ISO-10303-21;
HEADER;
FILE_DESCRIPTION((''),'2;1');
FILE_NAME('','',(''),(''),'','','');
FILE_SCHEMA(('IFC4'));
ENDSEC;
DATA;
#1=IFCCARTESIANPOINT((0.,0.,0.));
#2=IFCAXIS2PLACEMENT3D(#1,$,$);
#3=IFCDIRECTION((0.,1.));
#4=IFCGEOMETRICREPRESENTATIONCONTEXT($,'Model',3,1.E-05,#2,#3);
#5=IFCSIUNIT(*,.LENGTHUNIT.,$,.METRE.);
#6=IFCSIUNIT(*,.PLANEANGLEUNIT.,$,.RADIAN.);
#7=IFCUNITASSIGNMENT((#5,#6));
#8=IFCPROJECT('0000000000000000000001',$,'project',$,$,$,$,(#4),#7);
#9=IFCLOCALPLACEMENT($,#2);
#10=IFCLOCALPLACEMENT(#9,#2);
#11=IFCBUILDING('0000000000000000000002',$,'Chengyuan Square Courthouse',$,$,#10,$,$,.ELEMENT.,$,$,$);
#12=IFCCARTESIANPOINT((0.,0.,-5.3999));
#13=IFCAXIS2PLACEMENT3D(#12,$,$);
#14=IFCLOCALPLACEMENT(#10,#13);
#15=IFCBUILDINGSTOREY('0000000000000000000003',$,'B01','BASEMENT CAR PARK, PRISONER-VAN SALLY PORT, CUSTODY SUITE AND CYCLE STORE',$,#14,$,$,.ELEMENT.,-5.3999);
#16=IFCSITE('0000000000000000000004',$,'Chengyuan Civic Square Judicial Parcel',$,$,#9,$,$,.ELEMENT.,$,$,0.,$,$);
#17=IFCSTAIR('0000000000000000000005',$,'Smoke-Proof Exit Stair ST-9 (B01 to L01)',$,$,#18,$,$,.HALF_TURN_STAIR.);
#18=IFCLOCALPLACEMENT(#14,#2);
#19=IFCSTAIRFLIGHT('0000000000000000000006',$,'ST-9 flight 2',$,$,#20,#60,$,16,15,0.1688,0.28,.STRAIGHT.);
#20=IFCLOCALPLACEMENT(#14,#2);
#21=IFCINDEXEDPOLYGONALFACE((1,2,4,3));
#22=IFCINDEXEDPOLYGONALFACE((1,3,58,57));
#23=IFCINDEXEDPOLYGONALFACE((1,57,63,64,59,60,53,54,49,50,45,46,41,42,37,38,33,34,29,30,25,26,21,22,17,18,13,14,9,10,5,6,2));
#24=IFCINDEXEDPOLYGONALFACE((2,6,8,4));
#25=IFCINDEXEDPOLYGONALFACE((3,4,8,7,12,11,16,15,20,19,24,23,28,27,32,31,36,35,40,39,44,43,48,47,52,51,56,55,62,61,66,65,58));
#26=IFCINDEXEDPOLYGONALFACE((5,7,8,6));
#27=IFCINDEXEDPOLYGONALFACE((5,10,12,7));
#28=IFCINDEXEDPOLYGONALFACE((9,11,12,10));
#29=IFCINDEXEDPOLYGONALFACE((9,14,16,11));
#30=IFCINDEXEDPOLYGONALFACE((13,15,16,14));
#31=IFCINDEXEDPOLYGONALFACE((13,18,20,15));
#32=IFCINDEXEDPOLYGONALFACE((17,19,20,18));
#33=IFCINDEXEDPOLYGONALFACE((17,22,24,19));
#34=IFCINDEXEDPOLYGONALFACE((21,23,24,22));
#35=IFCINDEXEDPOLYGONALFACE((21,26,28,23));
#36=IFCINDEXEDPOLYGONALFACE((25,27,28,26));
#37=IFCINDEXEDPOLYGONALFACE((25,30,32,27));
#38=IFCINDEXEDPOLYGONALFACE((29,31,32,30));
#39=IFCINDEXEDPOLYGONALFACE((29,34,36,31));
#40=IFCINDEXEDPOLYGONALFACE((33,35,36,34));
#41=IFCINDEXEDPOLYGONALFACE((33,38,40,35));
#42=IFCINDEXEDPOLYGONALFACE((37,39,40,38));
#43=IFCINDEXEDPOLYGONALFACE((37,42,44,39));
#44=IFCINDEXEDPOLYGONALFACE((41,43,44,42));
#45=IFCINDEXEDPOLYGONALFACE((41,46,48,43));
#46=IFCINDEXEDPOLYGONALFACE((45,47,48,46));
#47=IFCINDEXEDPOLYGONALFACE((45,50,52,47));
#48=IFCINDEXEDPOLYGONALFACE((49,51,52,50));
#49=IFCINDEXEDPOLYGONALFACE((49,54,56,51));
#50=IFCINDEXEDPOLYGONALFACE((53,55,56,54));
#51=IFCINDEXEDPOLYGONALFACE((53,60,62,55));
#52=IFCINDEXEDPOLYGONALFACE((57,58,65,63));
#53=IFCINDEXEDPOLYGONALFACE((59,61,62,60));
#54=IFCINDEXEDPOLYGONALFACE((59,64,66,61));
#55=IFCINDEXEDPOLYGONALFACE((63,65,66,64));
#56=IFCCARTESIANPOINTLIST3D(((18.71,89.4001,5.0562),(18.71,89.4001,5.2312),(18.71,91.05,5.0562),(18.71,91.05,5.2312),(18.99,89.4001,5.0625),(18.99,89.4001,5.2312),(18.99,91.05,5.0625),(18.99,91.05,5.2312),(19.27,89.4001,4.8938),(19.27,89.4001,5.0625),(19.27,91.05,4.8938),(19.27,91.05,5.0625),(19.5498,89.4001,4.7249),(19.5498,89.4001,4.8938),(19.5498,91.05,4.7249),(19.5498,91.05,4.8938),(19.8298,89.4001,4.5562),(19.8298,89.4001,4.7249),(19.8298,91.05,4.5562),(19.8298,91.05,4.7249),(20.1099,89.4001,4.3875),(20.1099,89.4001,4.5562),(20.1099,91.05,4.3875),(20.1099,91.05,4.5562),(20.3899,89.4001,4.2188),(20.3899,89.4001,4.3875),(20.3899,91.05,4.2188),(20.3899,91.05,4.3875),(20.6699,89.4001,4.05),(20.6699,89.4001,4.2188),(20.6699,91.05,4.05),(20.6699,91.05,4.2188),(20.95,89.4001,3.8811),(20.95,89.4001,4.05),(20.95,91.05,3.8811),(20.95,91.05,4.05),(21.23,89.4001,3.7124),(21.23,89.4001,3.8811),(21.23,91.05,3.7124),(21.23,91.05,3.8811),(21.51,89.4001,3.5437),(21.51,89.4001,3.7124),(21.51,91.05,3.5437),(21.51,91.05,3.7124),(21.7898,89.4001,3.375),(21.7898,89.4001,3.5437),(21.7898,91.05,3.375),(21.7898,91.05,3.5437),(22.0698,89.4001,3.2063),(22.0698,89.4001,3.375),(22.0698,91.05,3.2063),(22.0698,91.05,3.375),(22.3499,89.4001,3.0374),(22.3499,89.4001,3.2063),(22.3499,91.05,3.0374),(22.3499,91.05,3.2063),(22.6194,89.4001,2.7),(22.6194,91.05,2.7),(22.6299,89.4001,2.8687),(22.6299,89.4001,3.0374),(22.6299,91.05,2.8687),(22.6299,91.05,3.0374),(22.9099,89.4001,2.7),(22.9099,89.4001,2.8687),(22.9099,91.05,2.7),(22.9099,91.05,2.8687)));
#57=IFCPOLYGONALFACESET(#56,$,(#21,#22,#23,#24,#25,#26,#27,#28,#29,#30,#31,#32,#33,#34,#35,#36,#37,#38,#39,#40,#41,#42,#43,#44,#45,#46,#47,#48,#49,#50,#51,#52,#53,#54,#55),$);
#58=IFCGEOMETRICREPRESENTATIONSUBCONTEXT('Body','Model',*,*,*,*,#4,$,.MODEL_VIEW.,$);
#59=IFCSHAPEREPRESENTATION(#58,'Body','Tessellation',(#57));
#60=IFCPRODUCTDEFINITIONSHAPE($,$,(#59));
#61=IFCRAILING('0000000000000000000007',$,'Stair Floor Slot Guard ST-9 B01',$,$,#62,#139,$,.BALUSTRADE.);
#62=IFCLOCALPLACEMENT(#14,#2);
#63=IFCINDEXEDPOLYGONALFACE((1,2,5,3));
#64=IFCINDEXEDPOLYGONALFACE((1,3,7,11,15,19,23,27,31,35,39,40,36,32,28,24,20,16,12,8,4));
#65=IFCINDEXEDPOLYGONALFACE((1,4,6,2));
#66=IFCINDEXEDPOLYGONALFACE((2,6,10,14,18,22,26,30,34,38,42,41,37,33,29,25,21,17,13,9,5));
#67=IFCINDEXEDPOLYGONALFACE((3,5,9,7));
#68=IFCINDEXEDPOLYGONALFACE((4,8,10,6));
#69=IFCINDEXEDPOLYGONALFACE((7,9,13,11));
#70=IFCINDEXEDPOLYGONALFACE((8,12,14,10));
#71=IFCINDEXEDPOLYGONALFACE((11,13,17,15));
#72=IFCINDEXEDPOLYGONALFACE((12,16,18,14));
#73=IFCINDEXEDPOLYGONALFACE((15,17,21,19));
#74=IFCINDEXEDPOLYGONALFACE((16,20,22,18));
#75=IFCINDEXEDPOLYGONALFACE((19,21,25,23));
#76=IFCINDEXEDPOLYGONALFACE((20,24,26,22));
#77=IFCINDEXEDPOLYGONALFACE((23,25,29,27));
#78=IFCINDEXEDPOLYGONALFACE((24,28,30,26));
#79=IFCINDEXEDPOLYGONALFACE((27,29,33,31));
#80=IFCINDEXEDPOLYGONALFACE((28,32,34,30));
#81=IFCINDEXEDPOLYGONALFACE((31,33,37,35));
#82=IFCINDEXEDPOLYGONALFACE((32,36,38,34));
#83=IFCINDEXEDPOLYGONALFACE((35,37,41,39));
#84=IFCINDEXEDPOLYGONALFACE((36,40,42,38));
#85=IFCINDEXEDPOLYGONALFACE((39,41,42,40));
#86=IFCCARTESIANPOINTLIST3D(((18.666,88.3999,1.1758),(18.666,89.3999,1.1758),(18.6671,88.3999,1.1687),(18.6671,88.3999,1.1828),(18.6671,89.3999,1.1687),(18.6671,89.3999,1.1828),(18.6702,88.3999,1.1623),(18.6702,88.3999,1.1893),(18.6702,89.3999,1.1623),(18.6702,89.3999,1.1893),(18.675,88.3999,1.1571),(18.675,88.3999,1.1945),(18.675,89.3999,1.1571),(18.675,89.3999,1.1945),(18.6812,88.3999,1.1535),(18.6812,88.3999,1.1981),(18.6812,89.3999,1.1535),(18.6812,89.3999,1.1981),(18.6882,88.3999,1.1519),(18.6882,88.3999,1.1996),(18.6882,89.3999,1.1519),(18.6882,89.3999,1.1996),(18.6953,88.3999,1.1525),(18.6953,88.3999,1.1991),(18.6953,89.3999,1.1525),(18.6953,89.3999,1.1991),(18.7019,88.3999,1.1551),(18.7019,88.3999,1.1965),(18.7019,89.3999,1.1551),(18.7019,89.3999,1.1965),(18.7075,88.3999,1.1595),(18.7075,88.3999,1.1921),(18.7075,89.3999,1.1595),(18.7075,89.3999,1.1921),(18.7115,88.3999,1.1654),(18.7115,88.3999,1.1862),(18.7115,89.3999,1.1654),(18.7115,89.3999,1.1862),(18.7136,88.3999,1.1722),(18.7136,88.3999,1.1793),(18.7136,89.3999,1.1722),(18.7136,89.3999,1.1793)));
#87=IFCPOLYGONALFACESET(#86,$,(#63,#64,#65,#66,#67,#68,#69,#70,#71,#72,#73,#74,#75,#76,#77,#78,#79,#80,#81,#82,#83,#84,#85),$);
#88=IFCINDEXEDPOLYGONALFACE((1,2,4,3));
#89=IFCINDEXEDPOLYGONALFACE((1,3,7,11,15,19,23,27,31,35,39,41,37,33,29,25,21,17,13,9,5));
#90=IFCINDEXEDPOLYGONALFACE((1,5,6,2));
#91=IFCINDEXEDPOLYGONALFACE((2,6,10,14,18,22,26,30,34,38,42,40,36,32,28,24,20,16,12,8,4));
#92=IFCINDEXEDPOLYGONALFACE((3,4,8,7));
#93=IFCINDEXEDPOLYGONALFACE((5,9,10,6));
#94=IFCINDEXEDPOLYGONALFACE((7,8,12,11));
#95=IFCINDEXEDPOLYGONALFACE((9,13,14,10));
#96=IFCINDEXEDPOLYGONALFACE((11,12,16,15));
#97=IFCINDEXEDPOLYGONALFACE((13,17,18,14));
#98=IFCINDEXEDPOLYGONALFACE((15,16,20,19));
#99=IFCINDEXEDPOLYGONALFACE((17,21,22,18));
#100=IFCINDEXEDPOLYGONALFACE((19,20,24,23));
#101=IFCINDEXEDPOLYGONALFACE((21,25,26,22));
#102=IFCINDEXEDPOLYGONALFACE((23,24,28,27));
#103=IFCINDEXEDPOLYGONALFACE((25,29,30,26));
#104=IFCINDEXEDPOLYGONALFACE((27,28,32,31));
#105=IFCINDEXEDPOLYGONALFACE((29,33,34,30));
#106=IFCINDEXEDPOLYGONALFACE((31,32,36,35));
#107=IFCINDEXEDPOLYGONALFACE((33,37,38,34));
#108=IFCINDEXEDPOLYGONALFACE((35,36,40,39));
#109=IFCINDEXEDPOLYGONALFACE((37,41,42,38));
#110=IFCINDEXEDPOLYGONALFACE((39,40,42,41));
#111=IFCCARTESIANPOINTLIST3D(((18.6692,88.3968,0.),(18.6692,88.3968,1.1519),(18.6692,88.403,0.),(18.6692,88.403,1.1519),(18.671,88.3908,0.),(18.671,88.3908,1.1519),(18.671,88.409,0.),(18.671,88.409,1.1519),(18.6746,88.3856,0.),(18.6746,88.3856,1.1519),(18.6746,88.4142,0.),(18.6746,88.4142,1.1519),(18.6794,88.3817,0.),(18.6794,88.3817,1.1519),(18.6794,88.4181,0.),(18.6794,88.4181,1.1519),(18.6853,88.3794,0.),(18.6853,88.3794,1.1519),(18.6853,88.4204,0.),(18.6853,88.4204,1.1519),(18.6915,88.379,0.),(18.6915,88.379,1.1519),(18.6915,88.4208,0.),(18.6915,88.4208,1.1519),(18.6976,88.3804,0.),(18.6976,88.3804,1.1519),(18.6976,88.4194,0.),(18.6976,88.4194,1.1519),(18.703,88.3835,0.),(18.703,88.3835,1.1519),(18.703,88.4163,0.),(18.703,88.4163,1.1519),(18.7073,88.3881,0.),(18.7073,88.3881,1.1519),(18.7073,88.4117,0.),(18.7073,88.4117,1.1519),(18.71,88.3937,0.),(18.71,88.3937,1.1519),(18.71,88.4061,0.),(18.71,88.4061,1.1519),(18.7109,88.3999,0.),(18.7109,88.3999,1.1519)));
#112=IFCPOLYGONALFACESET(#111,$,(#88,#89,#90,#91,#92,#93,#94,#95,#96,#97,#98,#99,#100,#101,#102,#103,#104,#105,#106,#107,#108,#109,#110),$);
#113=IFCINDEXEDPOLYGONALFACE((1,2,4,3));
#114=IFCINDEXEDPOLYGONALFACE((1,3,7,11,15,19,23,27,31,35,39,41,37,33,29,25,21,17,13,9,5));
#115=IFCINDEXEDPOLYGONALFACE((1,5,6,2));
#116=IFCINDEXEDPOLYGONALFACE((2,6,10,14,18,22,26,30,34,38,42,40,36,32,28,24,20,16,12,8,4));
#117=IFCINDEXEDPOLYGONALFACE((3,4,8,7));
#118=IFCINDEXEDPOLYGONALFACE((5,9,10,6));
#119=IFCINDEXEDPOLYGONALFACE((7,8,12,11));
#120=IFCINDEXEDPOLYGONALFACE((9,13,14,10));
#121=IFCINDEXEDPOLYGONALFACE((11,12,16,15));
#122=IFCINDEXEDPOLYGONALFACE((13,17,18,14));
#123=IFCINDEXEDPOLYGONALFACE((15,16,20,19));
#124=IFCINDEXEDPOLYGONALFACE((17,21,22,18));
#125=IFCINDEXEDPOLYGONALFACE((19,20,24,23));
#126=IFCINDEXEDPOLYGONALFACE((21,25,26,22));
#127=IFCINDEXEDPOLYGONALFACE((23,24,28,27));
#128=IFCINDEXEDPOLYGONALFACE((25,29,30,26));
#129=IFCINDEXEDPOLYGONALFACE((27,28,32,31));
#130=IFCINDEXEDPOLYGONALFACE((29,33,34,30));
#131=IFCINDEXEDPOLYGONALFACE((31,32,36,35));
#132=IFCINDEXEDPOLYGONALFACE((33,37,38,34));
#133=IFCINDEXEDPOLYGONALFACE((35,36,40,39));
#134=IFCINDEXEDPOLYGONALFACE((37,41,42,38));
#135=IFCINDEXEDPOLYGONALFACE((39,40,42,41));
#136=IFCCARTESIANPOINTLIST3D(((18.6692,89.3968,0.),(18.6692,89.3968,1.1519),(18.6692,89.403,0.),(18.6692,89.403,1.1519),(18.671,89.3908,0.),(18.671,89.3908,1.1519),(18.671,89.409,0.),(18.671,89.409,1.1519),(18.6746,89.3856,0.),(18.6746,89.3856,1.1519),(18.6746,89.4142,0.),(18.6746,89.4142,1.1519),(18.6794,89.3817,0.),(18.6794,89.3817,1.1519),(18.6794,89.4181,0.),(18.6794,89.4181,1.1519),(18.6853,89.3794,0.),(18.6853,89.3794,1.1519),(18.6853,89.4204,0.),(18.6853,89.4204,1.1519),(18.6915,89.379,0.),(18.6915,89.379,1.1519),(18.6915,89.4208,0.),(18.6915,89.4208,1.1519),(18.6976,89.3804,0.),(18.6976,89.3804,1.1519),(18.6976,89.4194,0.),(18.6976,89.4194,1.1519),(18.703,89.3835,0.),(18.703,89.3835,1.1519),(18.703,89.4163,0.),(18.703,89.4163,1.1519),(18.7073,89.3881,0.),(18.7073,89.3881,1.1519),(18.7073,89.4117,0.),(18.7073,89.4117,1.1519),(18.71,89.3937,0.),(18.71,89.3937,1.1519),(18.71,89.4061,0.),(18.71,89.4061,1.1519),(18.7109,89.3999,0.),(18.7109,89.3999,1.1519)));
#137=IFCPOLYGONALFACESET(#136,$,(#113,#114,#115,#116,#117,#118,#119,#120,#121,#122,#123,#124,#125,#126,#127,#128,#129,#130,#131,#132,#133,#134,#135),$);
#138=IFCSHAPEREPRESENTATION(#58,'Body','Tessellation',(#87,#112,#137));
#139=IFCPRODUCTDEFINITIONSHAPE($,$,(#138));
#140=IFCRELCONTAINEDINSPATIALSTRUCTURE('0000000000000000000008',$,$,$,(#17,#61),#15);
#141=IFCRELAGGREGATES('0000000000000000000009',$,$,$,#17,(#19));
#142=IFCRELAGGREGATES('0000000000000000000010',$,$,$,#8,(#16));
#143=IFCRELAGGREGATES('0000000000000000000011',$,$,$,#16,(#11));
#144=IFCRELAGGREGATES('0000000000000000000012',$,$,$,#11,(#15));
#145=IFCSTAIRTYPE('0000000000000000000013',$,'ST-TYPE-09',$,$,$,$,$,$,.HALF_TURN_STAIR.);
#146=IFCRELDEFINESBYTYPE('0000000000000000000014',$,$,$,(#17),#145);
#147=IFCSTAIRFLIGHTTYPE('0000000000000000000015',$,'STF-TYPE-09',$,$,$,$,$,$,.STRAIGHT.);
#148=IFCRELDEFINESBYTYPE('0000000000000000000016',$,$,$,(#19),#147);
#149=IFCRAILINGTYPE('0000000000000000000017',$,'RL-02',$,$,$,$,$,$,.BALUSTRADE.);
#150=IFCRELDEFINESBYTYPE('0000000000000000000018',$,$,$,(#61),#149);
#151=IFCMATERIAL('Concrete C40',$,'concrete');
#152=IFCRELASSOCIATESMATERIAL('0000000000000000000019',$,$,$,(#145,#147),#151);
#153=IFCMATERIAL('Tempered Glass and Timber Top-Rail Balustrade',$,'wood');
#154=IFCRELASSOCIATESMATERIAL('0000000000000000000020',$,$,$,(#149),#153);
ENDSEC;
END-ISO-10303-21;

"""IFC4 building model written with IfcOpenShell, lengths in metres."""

from ifc_helpers import new_model, si_unit, direction, frame, origin, origin_2d, place, context, subcontext, project, spatial, polyline, circle, outline, extrude, material, type_object, element, aggregate, save


model = new_model("IFC4")

# Units and contexts
model_context = context("Model", 3, precision=1e-05, world=origin(), true_north=direction((0.0, 1.0)))
body_context = subcontext(model_context, "Body", "Model", "MODEL_VIEW")
ifc_project = project(units=[si_unit("LENGTHUNIT", "METRE"), si_unit("PLANEANGLEUNIT", "RADIAN")], contexts=[model_context])

# Site, building, storey
site_placement = place(None, origin())
site = spatial("IfcSite", under=ifc_project, at=site_placement, Name="Chengyuan Civic Square Judicial Parcel", CompositionType="ELEMENT", RefElevation=0.0)
building_placement = place(site_placement, origin())
building = spatial("IfcBuilding", under=site, at=building_placement, Name="Chengyuan Square Courthouse", CompositionType="ELEMENT")
storey_placement = place(building_placement, frame((0.0, 0.0, -5.3999)))
storey = spatial("IfcBuildingStorey", under=building, at=storey_placement, Name="B01", Description="BASEMENT CAR PARK, PRISONER-VAN SALLY PORT, CUSTODY SUITE AND CYCLE STORE", CompositionType="ELEMENT", Elevation=-5.3999)

# Shared definitions
ifc_material_1 = material(Name="Concrete C40", Category="concrete")

# Stair, stair flight
stair_type = type_object("IfcStairType", Name="ST-TYPE-09", PredefinedType="HALF_TURN_STAIR", material=ifc_material_1)
stair_placement = place(storey_placement, origin())
stair = element("IfcStair", 1, at=stair_placement, inside=storey, type_object=stair_type, Name="Smoke-Proof Exit Stair ST-9 (B01 to L01)", PredefinedType="HALF_TURN_STAIR")
stair_flight_type = type_object("IfcStairFlightType", Name="STF-TYPE-09", PredefinedType="STRAIGHT", material=ifc_material_1)
stair_flight_1_placement = place(storey_placement, frame((22.9099, 90.2251, 2.7), z_axis=(0.0, 0.0, 1.0), x_axis=(-1.0, 0.0, 0.0)))
stair_flight_1 = element("IfcStairFlight", 2, at=stair_flight_1_placement, type_object=stair_flight_type, Name="ST-9 flight 2", NumberOfRisers=16, NumberOfTreads=15, PredefinedType="STRAIGHT", RiserHeight=0.1688, TreadLength=0.28, context=body_context, shape_type="SweptSolid", body=[
    extrude(outline(polyline([(0.0, 0.0), (0.0, 0.1687), (0.28, 0.1687), (0.28, 0.3374), (0.5601, 0.3374), (0.5601, 0.5063), (0.8401, 0.5063), (0.8401, 0.675), (1.1201, 0.675), (1.1201, 0.8438), (1.3999, 0.8438), (1.3999, 1.0125), (1.6799, 1.0125), (1.6799, 1.1812), (1.96, 1.1812), (1.96, 1.3501), (2.24, 1.3501), (2.24, 1.5188), (2.52, 1.5188), (2.52, 1.6875), (2.8, 1.6875), (2.8, 1.8562), (3.0801, 1.8562), (3.0801, 2.0249), (3.3601, 2.0249), (3.3601, 2.1938), (3.6399, 2.1938), (3.6399, 2.3625), (3.9199, 2.3625), (3.9199, 2.5312), (4.2, 2.5312), (4.2, 2.7), (4.2, 2.3562), (0.2905, 0.0), (0.0, 0.0)])), frame((0.0, 0.825, 0.0), z_axis=(0.0, -1.0, 0.0), x_axis=(1.0, 0.0, 0.0)), (0.0, 0.0, 1.0), 1.6499),
])
aggregate(stair, [stair_flight_1])

# Railing
ifc_material_2 = material(Name="Tempered Glass and Timber Top-Rail Balustrade", Category="wood")
railing_type_1 = type_object("IfcRailingType", Name="RL-02", PredefinedType="BALUSTRADE", material=ifc_material_2)
for number, where, name in (
    (3, (18.6899, 88.3999, 0.0), "Stair Floor Slot Guard ST-9 B01"),
):
    element("IfcRailing", number, at=place(storey_placement, frame(where)), inside=storey, type_object=railing_type_1, Name=name, PredefinedType="BALUSTRADE", context=body_context, shape_type="SweptSolid", body=[
        extrude(circle(Radius=0.0239, at=origin_2d()), frame((0.0, 0.0, 1.1758), z_axis=(0.0, 1.0, 0.0), x_axis=(-1.0, 0.0, 0.0)), (0.0, 0.0, 1.0), 1.0),
        extrude(circle(Radius=0.021, at=origin_2d()), origin(), (0.0, 0.0, 1.0), 1.1519),
        extrude(circle(Radius=0.021, at=origin_2d()), frame((0.0, 1.0, 0.0)), (0.0, 0.0, 1.0), 1.1519),
    ])

save(model, "model.ifc")
